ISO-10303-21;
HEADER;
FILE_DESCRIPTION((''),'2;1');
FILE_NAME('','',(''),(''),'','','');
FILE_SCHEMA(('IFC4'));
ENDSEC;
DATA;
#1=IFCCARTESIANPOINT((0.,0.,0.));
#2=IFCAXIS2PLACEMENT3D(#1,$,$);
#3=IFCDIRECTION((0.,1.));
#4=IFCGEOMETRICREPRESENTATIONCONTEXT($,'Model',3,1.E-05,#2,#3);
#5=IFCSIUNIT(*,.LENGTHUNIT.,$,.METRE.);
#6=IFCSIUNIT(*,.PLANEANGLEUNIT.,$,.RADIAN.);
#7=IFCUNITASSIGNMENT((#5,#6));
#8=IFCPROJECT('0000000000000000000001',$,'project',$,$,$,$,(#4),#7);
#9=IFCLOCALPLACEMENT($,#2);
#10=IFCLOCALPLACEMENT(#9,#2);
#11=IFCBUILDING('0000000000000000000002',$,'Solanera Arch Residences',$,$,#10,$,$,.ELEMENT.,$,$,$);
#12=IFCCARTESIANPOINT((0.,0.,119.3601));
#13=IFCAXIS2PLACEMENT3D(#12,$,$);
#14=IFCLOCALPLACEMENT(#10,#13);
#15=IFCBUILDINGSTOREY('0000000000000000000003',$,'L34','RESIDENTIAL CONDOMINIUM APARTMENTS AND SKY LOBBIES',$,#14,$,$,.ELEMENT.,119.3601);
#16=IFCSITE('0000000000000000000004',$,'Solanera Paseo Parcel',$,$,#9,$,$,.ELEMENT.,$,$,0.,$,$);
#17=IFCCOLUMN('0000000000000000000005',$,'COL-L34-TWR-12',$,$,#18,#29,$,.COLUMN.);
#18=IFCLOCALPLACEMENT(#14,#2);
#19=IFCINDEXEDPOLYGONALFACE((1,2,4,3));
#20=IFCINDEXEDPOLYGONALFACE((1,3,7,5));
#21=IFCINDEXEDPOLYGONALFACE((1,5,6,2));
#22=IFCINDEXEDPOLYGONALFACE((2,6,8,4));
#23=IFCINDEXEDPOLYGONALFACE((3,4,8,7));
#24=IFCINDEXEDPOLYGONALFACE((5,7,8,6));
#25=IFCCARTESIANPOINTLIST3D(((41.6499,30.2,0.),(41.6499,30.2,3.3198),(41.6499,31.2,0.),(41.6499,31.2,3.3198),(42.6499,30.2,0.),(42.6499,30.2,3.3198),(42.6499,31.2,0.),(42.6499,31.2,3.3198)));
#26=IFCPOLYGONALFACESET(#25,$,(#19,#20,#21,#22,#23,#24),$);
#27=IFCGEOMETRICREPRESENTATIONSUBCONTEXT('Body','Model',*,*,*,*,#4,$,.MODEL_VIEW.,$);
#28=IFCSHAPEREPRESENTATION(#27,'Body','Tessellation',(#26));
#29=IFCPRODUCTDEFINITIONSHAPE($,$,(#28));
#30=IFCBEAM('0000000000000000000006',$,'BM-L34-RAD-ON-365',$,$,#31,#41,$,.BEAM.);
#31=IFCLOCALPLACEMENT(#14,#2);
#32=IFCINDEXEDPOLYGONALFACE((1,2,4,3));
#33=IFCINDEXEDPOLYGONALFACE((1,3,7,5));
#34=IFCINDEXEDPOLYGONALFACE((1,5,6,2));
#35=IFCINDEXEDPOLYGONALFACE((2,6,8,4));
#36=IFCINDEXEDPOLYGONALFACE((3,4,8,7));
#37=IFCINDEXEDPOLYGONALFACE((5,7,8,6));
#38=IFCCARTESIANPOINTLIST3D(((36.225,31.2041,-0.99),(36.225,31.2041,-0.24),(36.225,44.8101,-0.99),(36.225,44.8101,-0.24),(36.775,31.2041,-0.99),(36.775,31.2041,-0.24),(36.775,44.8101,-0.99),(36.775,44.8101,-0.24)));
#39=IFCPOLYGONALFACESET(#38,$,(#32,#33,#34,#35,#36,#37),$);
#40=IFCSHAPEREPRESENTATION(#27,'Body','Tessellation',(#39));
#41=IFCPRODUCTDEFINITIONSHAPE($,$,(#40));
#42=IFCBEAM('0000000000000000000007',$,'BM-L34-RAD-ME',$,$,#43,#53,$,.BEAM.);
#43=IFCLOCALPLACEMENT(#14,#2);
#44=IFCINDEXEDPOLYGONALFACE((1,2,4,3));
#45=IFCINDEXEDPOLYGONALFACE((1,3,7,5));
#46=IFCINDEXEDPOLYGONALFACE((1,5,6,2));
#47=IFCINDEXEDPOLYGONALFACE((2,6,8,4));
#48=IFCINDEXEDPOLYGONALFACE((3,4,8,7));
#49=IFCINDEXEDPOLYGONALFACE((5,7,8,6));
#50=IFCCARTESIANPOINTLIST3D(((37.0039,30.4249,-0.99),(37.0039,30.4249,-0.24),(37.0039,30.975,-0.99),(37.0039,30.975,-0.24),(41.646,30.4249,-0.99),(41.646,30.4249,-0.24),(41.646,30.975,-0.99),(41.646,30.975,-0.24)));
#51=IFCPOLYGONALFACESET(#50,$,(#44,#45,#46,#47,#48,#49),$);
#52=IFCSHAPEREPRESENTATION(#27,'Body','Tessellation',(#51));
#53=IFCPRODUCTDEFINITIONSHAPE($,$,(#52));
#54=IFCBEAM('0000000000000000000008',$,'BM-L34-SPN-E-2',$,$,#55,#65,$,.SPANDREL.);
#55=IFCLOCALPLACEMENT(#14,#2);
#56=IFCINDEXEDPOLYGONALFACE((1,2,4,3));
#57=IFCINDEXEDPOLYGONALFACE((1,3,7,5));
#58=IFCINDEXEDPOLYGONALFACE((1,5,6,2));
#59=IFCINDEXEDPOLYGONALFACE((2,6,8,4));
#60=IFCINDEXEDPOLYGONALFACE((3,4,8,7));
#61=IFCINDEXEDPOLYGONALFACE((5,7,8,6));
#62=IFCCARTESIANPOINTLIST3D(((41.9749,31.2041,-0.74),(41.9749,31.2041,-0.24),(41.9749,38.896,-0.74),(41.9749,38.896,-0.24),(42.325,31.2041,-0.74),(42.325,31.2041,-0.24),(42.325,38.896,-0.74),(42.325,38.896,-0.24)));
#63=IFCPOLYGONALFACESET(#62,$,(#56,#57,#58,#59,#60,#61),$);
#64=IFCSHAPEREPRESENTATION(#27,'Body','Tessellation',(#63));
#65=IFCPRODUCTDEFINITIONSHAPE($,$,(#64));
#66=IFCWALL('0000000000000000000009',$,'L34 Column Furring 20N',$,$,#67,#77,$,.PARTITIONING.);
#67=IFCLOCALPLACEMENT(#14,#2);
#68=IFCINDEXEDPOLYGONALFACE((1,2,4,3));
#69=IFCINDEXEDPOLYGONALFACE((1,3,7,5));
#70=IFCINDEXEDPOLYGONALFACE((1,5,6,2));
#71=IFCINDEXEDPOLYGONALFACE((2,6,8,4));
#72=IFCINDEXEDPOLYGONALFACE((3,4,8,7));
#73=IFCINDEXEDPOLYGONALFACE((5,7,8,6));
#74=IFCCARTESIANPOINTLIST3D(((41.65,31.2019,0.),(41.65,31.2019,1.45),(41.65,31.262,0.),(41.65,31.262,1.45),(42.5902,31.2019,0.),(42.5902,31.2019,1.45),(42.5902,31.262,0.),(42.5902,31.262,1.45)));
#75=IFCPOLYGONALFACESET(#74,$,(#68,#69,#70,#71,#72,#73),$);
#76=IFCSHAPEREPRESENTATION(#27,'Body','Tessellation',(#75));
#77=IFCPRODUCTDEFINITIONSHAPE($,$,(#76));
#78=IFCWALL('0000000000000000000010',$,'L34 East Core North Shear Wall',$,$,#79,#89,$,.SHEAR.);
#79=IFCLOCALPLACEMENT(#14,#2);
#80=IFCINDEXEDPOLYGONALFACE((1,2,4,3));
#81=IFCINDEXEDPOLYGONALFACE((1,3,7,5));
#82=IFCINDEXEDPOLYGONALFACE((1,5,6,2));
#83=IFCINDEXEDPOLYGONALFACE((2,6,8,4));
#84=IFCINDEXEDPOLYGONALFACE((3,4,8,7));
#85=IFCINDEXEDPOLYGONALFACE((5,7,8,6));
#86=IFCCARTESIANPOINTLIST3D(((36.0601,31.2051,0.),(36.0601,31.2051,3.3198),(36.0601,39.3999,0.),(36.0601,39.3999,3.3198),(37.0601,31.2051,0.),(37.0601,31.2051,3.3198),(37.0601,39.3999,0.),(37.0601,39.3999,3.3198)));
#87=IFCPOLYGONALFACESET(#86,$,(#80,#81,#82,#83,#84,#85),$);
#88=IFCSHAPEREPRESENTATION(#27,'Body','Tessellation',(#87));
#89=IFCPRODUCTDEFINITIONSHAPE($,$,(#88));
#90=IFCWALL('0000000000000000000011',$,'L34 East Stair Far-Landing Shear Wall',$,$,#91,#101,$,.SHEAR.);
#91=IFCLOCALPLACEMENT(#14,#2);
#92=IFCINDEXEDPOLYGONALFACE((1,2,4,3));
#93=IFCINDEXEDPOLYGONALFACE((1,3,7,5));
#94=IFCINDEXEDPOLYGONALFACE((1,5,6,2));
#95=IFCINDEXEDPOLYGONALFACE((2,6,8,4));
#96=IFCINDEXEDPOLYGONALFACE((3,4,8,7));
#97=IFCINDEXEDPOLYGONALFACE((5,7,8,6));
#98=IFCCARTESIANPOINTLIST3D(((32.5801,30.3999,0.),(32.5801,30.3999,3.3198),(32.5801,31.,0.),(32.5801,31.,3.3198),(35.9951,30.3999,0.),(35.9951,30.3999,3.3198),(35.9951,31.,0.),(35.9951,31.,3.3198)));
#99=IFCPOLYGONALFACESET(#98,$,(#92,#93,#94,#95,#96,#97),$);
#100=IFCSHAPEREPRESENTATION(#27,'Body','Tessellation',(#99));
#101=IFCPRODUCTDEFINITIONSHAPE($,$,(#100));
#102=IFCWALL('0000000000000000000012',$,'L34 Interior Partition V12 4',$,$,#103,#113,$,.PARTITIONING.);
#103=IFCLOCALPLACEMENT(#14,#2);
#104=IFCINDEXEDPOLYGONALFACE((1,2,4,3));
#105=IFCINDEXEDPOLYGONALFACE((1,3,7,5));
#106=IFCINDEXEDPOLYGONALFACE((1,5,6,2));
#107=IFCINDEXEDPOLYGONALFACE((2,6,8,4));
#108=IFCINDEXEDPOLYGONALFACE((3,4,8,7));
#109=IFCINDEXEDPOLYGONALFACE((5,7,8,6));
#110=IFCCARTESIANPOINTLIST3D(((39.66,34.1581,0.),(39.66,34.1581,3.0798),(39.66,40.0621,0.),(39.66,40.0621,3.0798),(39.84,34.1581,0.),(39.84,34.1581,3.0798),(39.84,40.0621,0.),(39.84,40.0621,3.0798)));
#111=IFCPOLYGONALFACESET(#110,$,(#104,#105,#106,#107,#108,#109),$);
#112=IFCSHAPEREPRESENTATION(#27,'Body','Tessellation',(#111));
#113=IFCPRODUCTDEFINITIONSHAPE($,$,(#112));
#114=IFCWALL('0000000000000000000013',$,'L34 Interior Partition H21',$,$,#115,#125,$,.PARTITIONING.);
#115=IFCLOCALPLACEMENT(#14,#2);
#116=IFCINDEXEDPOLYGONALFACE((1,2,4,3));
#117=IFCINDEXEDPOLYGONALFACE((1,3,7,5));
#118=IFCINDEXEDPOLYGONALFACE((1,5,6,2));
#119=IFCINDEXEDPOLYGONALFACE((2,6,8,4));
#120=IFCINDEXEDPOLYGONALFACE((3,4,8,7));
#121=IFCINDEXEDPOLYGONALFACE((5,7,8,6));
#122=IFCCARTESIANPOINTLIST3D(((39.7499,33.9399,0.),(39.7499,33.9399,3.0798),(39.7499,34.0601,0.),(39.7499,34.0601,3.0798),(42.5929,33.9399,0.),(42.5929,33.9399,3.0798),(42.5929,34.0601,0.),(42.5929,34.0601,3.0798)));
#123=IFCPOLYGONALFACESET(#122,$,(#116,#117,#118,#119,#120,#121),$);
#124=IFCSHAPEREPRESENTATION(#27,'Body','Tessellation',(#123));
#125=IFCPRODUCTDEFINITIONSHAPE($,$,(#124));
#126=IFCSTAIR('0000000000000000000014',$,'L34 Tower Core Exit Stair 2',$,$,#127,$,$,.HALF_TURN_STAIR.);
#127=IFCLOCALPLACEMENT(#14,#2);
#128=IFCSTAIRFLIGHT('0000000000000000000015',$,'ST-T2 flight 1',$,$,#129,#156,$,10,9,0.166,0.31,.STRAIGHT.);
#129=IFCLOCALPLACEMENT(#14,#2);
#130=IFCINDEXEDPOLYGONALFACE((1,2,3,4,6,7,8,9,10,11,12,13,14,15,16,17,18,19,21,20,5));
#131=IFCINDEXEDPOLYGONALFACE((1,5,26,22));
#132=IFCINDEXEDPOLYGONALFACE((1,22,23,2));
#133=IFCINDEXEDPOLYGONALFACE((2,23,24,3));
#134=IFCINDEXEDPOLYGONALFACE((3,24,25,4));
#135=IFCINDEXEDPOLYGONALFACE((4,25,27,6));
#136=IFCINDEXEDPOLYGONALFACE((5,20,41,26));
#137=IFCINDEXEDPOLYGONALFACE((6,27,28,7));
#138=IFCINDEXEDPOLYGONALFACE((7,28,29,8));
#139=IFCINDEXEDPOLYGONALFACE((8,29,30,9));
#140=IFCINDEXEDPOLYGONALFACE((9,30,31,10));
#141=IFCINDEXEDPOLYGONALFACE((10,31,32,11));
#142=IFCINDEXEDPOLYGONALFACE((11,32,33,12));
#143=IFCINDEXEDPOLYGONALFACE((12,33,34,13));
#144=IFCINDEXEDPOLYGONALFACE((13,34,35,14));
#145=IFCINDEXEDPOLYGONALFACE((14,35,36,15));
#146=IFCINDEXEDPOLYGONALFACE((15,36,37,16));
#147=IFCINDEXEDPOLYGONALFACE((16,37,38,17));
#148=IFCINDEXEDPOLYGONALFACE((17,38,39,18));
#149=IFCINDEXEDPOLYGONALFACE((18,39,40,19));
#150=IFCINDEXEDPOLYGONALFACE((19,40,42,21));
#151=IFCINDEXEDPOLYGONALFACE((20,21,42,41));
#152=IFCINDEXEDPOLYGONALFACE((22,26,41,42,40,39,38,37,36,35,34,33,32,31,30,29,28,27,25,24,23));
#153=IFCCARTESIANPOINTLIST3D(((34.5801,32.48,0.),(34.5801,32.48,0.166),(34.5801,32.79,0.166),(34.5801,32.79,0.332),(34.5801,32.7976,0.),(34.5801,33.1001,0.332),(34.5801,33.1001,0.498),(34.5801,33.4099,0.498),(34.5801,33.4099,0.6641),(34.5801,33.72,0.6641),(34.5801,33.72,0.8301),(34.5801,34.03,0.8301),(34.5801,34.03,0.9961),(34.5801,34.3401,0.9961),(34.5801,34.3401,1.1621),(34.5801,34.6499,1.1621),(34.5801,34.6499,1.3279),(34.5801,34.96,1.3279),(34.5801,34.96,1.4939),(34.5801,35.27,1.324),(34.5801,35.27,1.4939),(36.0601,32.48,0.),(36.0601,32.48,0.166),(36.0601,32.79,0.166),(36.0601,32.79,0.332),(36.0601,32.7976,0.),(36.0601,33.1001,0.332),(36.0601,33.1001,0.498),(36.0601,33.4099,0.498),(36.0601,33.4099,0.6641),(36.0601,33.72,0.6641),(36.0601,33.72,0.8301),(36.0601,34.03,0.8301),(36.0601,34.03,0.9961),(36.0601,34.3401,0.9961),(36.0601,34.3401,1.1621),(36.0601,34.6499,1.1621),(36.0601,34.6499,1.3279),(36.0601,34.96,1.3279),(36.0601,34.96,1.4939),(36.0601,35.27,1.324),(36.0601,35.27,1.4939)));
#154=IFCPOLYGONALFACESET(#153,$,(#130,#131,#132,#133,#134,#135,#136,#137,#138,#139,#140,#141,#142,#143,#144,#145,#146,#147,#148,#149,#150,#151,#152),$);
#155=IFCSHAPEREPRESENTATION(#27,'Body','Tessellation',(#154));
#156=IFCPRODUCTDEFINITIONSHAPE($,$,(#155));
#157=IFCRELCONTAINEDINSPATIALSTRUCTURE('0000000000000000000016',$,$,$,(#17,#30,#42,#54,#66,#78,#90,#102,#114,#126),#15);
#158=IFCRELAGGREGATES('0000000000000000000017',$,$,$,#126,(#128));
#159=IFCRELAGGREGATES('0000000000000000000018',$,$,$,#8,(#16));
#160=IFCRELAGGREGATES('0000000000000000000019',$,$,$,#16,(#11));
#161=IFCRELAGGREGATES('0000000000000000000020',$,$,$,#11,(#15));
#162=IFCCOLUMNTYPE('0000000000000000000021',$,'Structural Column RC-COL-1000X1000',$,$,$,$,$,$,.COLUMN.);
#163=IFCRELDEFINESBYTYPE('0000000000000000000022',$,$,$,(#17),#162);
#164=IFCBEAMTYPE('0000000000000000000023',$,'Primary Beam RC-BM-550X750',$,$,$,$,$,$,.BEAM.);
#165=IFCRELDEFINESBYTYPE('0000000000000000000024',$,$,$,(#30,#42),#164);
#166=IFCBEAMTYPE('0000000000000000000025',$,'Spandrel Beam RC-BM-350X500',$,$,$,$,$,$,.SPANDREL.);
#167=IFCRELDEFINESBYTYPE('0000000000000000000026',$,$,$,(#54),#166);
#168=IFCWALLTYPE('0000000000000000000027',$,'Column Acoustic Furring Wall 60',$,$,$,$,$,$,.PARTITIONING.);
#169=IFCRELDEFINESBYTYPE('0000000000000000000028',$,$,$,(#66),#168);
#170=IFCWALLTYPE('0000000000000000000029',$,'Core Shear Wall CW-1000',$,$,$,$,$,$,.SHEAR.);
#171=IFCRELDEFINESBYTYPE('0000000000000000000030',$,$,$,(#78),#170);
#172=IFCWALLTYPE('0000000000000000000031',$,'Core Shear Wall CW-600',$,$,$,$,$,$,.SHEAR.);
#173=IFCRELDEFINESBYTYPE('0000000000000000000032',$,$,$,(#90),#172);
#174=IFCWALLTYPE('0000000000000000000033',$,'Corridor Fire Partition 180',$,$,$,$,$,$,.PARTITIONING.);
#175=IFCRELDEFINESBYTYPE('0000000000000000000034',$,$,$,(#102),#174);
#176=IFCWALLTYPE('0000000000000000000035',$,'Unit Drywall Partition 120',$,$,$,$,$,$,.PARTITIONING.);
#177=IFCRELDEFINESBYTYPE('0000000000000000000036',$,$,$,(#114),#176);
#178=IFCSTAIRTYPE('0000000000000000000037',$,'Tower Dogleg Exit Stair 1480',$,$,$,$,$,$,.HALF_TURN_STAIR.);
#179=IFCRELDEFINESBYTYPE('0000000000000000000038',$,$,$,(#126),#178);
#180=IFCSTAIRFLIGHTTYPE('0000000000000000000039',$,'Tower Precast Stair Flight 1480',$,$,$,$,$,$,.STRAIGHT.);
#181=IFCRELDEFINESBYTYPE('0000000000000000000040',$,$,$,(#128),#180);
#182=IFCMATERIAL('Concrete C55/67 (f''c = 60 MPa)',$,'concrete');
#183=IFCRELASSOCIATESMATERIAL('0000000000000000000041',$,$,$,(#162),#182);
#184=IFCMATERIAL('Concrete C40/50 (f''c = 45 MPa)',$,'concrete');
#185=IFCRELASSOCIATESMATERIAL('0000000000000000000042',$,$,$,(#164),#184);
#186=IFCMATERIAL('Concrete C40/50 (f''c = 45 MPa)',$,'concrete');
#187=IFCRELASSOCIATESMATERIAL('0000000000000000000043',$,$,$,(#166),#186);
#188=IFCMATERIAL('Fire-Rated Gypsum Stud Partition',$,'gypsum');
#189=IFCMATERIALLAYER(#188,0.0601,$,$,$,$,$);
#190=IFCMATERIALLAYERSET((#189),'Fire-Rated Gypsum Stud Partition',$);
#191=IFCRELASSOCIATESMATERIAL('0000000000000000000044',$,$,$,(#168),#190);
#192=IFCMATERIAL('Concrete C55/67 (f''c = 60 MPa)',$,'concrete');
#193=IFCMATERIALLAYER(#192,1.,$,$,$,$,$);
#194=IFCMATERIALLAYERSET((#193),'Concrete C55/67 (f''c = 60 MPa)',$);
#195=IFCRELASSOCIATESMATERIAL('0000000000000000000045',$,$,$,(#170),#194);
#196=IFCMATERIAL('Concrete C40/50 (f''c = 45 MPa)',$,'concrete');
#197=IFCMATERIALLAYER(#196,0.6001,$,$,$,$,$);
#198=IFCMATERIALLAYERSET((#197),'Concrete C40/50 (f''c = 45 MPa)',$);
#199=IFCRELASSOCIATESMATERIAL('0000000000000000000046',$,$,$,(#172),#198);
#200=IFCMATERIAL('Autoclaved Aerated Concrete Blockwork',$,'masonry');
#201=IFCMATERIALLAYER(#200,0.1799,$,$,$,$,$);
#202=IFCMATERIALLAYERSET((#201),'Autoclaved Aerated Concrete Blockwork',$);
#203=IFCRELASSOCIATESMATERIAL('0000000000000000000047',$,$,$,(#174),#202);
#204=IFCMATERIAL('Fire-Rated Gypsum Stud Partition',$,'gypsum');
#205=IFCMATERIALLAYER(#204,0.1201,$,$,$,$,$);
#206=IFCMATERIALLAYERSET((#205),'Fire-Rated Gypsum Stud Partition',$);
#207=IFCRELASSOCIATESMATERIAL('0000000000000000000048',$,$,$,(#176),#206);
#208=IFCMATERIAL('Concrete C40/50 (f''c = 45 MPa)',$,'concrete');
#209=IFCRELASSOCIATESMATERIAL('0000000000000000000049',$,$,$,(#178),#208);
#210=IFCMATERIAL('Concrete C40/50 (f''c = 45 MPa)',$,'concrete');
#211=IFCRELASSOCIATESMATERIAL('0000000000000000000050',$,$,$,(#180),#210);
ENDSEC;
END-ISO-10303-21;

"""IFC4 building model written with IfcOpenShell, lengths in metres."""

from ifc_helpers import new_model, si_unit, direction, frame, frame_2d, origin, origin_2d, place, context, subcontext, project, spatial, polyline, rectangle, outline, extrude, material, layer, layer_set, material_profile, profile_set, type_object, element, aggregate, save


model = new_model("IFC4")

# Units and contexts
model_context = context("Model", 3, precision=1e-05, world=origin(), true_north=direction((0.0, 1.0)))
body_context = subcontext(model_context, "Body", "Model", "MODEL_VIEW")
ifc_project = project(units=[si_unit("LENGTHUNIT", "METRE"), si_unit("PLANEANGLEUNIT", "RADIAN")], contexts=[model_context])

# Site, building, storey
site_placement = place(None, origin())
site = spatial("IfcSite", under=ifc_project, at=site_placement, Name="Solanera Paseo Parcel", CompositionType="ELEMENT", RefElevation=0.0)
building_placement = place(site_placement, origin())
building = spatial("IfcBuilding", under=site, at=building_placement, Name="Solanera Arch Residences", CompositionType="ELEMENT")
storey_placement = place(building_placement, frame((0.0, 0.0, 119.3601)))
storey = spatial("IfcBuildingStorey", under=building, at=storey_placement, Name="L34", Description="RESIDENTIAL CONDOMINIUM APARTMENTS AND SKY LOBBIES", CompositionType="ELEMENT", Elevation=119.3601)

# Column
ifc_material_1 = material(Name="Concrete C55/67 (f'c = 60 MPa)", Category="concrete")
ifc_material_profile_1 = material_profile(ifc_material_1, rectangle(XDim=1.0, YDim=1.0, at=origin_2d()))
ifc_profile_set_1 = profile_set([ifc_material_profile_1], Name="Concrete C55/67 (f'c = 60 MPa)")
column_type = type_object("IfcColumnType", Name="Structural Column RC-COL-1000X1000", PredefinedType="COLUMN", material=ifc_profile_set_1)
column_placement = place(storey_placement, frame((42.1499, 30.7, 0.0), z_axis=(0.0, 0.0, 1.0), x_axis=(1.0, 0.0, 0.0)))
element("IfcColumn", 1, at=column_placement, inside=storey, type_object=column_type, Name="COL-L34-TWR-12", PredefinedType="COLUMN", context=body_context, shape_type="SweptSolid", body=[
    extrude(rectangle(XDim=1.0, YDim=1.0, at=origin_2d()), origin(), (0.0, 0.0, 1.0), 3.3198),
])

# Beams
ifc_material_2 = material(Name="Concrete C40/50 (f'c = 45 MPa)", Category="concrete")
ifc_material_profile_2 = material_profile(ifc_material_2, rectangle(XDim=0.55, YDim=0.75, at=origin_2d()))
ifc_profile_set_2 = profile_set([ifc_material_profile_2], Name="Concrete C40/50 (f'c = 45 MPa)")
beam_type_1 = type_object("IfcBeamType", Name="Primary Beam RC-BM-550X750", PredefinedType="BEAM", material=ifc_profile_set_2)
beam_1_placement = place(storey_placement, frame((36.5, 31.2041, -0.615), z_axis=(0.0, 1.0, 0.0), x_axis=(-1.0, 0.0, 0.0)))
element("IfcBeam", 2, at=beam_1_placement, inside=storey, type_object=beam_type_1, Name="BM-L34-RAD-ON-365", PredefinedType="BEAM", context=body_context, shape_type="SweptSolid", body=[
    extrude(rectangle(XDim=0.55, YDim=0.75, at=origin_2d()), origin(), (0.0, 0.0, 1.0), 13.606),
])
beam_2_placement = place(storey_placement, frame((37.0039, 30.7, -0.615), z_axis=(1.0, 0.0, 0.0), x_axis=(0.0, 1.0, 0.0)))
element("IfcBeam", 3, at=beam_2_placement, inside=storey, type_object=beam_type_1, Name="BM-L34-RAD-ME", PredefinedType="BEAM", context=body_context, shape_type="SweptSolid", body=[
    extrude(rectangle(XDim=0.55, YDim=0.75, at=origin_2d()), origin(), (0.0, 0.0, 1.0), 4.6421),
])
ifc_material_3 = material(Name="Concrete C40/50 (f'c = 45 MPa)", Category="concrete")
ifc_material_profile_3 = material_profile(ifc_material_3, rectangle(XDim=0.3501, YDim=0.5, at=origin_2d()))
ifc_profile_set_3 = profile_set([ifc_material_profile_3], Name="Concrete C40/50 (f'c = 45 MPa)")
beam_type_2 = type_object("IfcBeamType", Name="Spandrel Beam RC-BM-350X500", PredefinedType="SPANDREL", material=ifc_profile_set_3)
beam_3_placement = place(storey_placement, frame((42.1499, 31.2041, -0.49), z_axis=(0.0, 1.0, 0.0), x_axis=(-1.0, 0.0, 0.0)))
element("IfcBeam", 4, at=beam_3_placement, inside=storey, type_object=beam_type_2, Name="BM-L34-SPN-E-2", PredefinedType="SPANDREL", context=body_context, shape_type="SweptSolid", body=[
    extrude(rectangle(XDim=0.3501, YDim=0.5, at=origin_2d()), origin(), (0.0, 0.0, 1.0), 7.6919),
])

# Walls
ifc_material_4 = material(Name="Fire-Rated Gypsum Stud Partition", Category="gypsum")
ifc_layer_1 = layer(ifc_material_4, 0.0601)
ifc_layer_set_1 = layer_set([ifc_layer_1], Name="Fire-Rated Gypsum Stud Partition")
wall_type_1 = type_object("IfcWallType", Name="Column Acoustic Furring Wall 60", PredefinedType="PARTITIONING", material=ifc_layer_set_1)
wall_1_placement = place(storey_placement, frame((41.6499, 31.2319, 0.0), z_axis=(0.0, 0.0, 1.0), x_axis=(1.0, 0.0, 0.0)))
element("IfcWall", 5, at=wall_1_placement, inside=storey, type_object=wall_type_1, Name="L34 Column Furring 20N", PredefinedType="PARTITIONING", context=body_context, shape_type="SweptSolid", body=[
    extrude(rectangle(XDim=0.9402, YDim=0.0601, at=frame_2d((0.4702, 0.0))), origin(), (0.0, 0.0, 1.0), 1.45),
])
ifc_material_5 = material(Name="Concrete C55/67 (f'c = 60 MPa)", Category="concrete")
ifc_layer_2 = layer(ifc_material_5, 1.0)
ifc_layer_set_2 = layer_set([ifc_layer_2], Name="Concrete C55/67 (f'c = 60 MPa)")
wall_type_2 = type_object("IfcWallType", Name="Core Shear Wall CW-1000", PredefinedType="SHEAR", material=ifc_layer_set_2)
wall_2_placement = place(storey_placement, frame((36.5601, 31.2051, 0.0), z_axis=(0.0, 0.0, 1.0), x_axis=(0.0, 1.0, 0.0)))
element("IfcWall", 6, at=wall_2_placement, inside=storey, type_object=wall_type_2, Name="L34 East Core North Shear Wall", PredefinedType="SHEAR", context=body_context, shape_type="SweptSolid", body=[
    extrude(rectangle(XDim=8.1948, YDim=1.0, at=frame_2d((4.0974, 0.0))), origin(), (0.0, 0.0, 1.0), 3.3198),
])

# Walls
ifc_material_6 = material(Name="Concrete C40/50 (f'c = 45 MPa)", Category="concrete")
ifc_layer_3 = layer(ifc_material_6, 0.6001)
ifc_layer_set_3 = layer_set([ifc_layer_3], Name="Concrete C40/50 (f'c = 45 MPa)")
wall_type_3 = type_object("IfcWallType", Name="Core Shear Wall CW-600", PredefinedType="SHEAR", material=ifc_layer_set_3)
wall_3_placement = place(storey_placement, frame((32.5801, 30.7, 0.0), z_axis=(0.0, 0.0, 1.0), x_axis=(1.0, 0.0, 0.0)))
element("IfcWall", 7, at=wall_3_placement, inside=storey, type_object=wall_type_3, Name="L34 East Stair Far-Landing Shear Wall", PredefinedType="SHEAR", context=body_context, shape_type="SweptSolid", body=[
    extrude(rectangle(XDim=3.415, YDim=0.6001, at=frame_2d((1.7075, 0.0))), origin(), (0.0, 0.0, 1.0), 3.3198),
])
ifc_material_7 = material(Name="Autoclaved Aerated Concrete Blockwork", Category="masonry")
ifc_layer_4 = layer(ifc_material_7, 0.1799)
ifc_layer_set_4 = layer_set([ifc_layer_4], Name="Autoclaved Aerated Concrete Blockwork")
wall_type_4 = type_object("IfcWallType", Name="Corridor Fire Partition 180", PredefinedType="PARTITIONING", material=ifc_layer_set_4)
wall_4_placement = place(storey_placement, frame((39.75, 34.158, 0.0), z_axis=(0.0, 0.0, 1.0), x_axis=(0.0, 1.0, 0.0)))
element("IfcWall", 8, at=wall_4_placement, inside=storey, type_object=wall_type_4, Name="L34 Interior Partition V12 4", PredefinedType="PARTITIONING", context=body_context, shape_type="SweptSolid", body=[
    extrude(rectangle(XDim=5.9041, YDim=0.1799, at=frame_2d((2.9521, 0.0))), origin(), (0.0, 0.0, 1.0), 3.0798),
])
ifc_material_8 = material(Name="Fire-Rated Gypsum Stud Partition", Category="gypsum")
ifc_layer_5 = layer(ifc_material_8, 0.1201)
ifc_layer_set_5 = layer_set([ifc_layer_5], Name="Fire-Rated Gypsum Stud Partition")
wall_type_5 = type_object("IfcWallType", Name="Unit Drywall Partition 120", PredefinedType="PARTITIONING", material=ifc_layer_set_5)
wall_5_placement = place(storey_placement, frame((39.75, 34.0, 0.0), z_axis=(0.0, 0.0, 1.0), x_axis=(1.0, 0.0, 0.0)))
element("IfcWall", 9, at=wall_5_placement, inside=storey, type_object=wall_type_5, Name="L34 Interior Partition H21", PredefinedType="PARTITIONING", context=body_context, shape_type="SweptSolid", body=[
    extrude(rectangle(XDim=2.843, YDim=0.1201, at=frame_2d((1.4214, 0.0))), origin(), (0.0, 0.0, 1.0), 3.0798),
])

# Stair, stair flight
ifc_material_9 = material(Name="Concrete C40/50 (f'c = 45 MPa)", Category="concrete")
stair_type = type_object("IfcStairType", Name="Tower Dogleg Exit Stair 1480", PredefinedType="HALF_TURN_STAIR", material=ifc_material_9)
stair_placement = place(storey_placement, origin())
stair = element("IfcStair", 10, at=stair_placement, inside=storey, type_object=stair_type, Name="L34 Tower Core Exit Stair 2", PredefinedType="HALF_TURN_STAIR")
ifc_material_10 = material(Name="Concrete C40/50 (f'c = 45 MPa)", Category="concrete")
stair_flight_type = type_object("IfcStairFlightType", Name="Tower Precast Stair Flight 1480", PredefinedType="STRAIGHT", material=ifc_material_10)
stair_flight_1_placement = place(storey_placement, frame((35.3201, 32.48, 0.0), z_axis=(0.0, 0.0, 1.0), x_axis=(0.0, 1.0, 0.0)))
stair_flight_1 = element("IfcStairFlight", 11, at=stair_flight_1_placement, type_object=stair_flight_type, Name="ST-T2 flight 1", NumberOfRisers=10, NumberOfTreads=9, PredefinedType="STRAIGHT", RiserHeight=0.166, TreadLength=0.31, context=body_context, shape_type="SweptSolid", body=[
    extrude(outline(polyline([(0.0, 0.0), (0.0, 0.166), (0.3101, 0.166), (0.3101, 0.332), (0.6201, 0.332), (0.6201, 0.498), (0.9299, 0.498), (0.9299, 0.6641), (1.24, 0.6641), (1.24, 0.8301), (1.55, 0.8301), (1.55, 0.9961), (1.8601, 0.9961), (1.8601, 1.1621), (2.1699, 1.1621), (2.1699, 1.3279), (2.48, 1.3279), (2.48, 1.4939), (2.79, 1.4939), (2.79, 1.6599), (2.79, 1.324), (0.3176, 0.0), (0.0, 0.0)])), frame((0.0, 0.74, 0.0), z_axis=(0.0, -1.0, 0.0), x_axis=(1.0, 0.0, 0.0)), (0.0, 0.0, 1.0), 1.48),
])
aggregate(stair, [stair_flight_1])

save(model, "model.ifc")
